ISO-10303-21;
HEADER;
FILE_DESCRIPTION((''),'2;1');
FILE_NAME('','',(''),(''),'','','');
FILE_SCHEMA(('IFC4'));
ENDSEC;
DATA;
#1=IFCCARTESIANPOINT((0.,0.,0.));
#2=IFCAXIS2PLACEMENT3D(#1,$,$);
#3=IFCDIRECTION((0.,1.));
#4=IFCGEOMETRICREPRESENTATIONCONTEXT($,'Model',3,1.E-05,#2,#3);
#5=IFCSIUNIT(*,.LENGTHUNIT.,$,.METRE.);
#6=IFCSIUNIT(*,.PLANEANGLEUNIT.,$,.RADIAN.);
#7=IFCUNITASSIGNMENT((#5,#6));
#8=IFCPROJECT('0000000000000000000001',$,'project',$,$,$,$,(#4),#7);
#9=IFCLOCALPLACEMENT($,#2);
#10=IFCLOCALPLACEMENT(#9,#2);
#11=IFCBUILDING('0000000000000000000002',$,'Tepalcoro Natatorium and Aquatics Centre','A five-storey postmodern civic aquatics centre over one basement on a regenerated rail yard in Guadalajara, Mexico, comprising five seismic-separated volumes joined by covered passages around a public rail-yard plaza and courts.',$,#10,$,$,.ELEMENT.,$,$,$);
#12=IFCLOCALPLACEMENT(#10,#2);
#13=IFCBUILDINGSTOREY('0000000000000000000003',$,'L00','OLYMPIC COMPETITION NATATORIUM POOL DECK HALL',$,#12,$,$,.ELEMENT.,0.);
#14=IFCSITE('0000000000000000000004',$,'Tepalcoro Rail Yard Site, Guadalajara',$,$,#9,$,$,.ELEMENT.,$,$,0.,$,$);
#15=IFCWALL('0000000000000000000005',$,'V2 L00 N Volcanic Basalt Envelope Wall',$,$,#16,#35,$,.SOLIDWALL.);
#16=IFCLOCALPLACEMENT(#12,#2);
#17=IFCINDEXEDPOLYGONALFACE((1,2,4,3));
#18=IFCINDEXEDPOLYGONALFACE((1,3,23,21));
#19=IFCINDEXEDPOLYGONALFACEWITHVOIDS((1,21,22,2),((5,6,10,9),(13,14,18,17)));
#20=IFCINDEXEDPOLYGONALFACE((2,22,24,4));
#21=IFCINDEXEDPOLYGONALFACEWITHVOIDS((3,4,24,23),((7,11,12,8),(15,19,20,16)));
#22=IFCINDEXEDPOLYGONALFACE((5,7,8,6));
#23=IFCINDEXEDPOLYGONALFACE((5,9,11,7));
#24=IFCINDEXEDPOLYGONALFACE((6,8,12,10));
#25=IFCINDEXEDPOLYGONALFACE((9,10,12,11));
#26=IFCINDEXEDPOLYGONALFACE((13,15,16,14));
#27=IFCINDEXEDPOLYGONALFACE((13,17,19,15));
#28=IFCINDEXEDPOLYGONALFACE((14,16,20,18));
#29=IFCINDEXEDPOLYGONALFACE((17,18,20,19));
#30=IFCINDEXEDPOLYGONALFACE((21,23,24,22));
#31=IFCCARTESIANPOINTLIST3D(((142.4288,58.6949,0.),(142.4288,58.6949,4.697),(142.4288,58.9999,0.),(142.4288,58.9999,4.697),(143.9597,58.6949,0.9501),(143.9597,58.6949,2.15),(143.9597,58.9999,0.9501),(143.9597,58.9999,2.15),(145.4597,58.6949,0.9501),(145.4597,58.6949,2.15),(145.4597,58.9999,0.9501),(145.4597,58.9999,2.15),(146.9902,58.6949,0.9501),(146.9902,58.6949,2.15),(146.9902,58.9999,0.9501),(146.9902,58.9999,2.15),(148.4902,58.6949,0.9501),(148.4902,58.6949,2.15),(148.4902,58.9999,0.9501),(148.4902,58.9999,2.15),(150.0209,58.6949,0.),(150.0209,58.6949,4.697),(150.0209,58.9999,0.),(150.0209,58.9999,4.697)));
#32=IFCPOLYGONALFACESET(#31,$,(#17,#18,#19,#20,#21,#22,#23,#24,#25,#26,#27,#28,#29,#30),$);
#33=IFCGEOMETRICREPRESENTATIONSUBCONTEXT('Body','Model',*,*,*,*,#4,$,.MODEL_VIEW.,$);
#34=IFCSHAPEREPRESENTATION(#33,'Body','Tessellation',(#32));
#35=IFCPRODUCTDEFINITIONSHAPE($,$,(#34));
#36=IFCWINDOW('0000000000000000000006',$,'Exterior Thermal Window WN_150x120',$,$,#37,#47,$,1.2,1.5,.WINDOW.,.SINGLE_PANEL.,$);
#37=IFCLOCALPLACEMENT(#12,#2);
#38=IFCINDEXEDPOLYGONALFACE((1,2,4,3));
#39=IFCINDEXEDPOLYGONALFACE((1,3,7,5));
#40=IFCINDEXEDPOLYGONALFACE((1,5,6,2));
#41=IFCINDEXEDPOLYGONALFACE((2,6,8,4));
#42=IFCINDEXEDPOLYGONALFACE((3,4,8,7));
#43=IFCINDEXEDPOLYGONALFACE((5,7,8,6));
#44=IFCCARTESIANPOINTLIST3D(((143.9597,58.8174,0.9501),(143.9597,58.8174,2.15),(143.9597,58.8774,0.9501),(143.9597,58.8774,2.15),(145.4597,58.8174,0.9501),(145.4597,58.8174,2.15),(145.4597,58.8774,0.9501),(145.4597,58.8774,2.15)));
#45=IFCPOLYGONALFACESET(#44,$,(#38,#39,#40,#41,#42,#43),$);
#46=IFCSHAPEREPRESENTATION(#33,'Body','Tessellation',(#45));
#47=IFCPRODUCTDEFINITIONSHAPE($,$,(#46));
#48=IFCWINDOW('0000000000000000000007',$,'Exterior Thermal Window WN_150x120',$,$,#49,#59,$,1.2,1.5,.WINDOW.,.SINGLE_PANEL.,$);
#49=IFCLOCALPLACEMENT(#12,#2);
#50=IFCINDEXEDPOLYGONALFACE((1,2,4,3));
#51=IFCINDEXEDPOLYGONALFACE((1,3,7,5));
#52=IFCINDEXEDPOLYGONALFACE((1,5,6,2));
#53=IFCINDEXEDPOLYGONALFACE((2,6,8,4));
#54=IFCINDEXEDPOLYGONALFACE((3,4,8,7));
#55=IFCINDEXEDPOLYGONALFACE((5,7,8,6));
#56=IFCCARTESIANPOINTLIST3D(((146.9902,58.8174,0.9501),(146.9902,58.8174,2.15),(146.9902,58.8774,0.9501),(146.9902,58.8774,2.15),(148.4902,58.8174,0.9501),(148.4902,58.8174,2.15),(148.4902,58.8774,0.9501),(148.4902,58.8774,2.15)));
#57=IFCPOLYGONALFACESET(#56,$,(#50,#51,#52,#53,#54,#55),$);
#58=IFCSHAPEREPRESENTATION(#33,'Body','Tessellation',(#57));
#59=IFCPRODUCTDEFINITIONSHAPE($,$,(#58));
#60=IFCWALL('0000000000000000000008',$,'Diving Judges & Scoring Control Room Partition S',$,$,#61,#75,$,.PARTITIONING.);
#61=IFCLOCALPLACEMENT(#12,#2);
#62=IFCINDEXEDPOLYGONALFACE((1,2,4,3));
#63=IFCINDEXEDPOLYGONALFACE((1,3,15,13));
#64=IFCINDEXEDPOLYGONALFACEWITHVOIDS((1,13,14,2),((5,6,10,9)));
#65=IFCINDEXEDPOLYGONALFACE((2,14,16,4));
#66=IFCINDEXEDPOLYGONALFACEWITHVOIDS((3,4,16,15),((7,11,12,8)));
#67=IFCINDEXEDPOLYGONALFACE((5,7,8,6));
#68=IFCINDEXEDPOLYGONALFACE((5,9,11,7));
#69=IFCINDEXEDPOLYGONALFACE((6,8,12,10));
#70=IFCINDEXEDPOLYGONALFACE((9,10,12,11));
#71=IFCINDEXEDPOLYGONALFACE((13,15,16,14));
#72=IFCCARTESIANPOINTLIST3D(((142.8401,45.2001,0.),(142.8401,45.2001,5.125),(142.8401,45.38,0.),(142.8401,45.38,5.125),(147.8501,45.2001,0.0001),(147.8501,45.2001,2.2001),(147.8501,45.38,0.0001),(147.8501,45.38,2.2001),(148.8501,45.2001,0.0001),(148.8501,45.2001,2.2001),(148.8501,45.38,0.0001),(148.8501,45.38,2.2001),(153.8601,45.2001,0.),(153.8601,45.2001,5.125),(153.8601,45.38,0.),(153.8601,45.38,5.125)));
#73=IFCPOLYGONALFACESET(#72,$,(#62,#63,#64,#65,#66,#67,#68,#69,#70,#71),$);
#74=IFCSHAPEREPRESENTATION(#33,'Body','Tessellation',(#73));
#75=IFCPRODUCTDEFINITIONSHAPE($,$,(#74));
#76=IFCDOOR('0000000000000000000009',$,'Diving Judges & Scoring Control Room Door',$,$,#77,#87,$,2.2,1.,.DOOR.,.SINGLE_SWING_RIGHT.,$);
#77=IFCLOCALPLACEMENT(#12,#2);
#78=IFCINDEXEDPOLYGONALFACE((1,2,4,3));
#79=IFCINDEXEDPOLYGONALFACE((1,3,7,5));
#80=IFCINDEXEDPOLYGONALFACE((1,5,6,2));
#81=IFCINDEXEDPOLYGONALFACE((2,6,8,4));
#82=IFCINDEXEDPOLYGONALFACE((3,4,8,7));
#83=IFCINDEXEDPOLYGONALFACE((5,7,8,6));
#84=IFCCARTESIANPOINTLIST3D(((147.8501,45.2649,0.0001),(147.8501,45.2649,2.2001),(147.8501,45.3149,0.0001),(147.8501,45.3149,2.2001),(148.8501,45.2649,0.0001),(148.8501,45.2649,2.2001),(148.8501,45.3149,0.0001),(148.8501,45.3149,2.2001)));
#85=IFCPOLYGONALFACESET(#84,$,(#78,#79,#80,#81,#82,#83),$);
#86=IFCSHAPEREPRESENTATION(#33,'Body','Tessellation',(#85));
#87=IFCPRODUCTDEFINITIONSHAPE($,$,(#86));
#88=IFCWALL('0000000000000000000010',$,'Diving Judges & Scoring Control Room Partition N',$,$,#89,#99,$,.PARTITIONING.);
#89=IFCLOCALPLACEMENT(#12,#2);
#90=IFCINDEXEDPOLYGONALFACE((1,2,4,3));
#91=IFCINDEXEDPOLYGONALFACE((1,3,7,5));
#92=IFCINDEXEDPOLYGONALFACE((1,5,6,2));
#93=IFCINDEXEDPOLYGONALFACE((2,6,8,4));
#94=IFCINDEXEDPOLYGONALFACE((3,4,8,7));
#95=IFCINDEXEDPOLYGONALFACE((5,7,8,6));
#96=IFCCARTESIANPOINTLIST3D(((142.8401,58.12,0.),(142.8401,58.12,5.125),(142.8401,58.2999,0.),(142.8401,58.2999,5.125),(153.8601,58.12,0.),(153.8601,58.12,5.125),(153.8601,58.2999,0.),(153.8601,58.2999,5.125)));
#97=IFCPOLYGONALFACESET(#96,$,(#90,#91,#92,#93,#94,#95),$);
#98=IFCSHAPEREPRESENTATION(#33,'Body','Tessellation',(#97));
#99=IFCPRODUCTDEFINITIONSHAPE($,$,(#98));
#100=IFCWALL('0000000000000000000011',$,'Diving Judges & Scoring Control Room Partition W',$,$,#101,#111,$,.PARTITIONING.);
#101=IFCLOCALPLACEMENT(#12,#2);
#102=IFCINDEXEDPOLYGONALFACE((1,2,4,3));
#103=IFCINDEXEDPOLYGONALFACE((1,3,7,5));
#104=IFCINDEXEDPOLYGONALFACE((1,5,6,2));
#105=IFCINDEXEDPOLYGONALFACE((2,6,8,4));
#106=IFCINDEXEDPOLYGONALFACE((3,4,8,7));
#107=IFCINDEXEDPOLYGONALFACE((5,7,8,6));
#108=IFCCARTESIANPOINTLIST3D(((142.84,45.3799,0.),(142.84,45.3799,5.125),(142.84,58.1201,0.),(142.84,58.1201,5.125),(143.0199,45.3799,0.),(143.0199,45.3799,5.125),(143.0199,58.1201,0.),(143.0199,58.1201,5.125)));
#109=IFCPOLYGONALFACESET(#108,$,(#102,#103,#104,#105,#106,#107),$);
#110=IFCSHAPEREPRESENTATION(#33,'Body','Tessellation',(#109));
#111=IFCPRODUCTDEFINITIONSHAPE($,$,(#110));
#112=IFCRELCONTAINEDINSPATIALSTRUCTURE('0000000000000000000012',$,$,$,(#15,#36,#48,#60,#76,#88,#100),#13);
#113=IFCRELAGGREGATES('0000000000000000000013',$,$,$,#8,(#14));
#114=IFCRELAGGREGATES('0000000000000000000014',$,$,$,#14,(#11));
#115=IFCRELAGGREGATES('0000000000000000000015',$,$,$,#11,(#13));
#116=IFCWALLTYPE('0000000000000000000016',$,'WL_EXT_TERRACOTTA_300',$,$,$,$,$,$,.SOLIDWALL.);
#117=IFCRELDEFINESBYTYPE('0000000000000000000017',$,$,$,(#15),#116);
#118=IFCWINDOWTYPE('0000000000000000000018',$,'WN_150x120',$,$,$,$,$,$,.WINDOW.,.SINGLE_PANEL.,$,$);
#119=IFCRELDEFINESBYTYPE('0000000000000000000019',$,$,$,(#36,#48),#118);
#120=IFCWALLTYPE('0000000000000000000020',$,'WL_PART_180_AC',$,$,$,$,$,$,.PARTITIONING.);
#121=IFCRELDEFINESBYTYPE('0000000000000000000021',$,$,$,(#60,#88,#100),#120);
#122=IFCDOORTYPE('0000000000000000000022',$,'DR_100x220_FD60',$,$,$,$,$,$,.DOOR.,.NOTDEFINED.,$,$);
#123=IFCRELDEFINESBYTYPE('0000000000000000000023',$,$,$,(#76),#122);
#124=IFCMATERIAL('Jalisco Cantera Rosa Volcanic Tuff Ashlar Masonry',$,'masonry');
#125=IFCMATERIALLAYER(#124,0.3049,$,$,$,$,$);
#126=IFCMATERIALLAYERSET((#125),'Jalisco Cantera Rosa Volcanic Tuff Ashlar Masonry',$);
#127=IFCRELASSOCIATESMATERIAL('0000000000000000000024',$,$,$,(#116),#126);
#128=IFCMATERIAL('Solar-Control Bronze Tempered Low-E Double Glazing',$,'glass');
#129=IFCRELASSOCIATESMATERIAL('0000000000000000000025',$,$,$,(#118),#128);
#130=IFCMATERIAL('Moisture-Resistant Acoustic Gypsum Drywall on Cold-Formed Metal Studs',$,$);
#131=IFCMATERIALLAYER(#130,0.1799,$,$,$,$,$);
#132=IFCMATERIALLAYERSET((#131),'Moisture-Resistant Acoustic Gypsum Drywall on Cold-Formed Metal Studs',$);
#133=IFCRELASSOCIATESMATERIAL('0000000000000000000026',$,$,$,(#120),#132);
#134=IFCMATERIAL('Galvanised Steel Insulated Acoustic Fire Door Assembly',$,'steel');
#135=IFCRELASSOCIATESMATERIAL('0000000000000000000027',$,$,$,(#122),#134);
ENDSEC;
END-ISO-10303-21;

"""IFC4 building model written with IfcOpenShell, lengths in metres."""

from ifc_helpers import new_model, si_unit, direction, frame, frame_2d, origin, place, context, subcontext, project, spatial, rectangle, extrude, material, layer, layer_set, type_object, element, fill, save


model = new_model("IFC4")

# Units and contexts
model_context = context("Model", 3, precision=1e-05, world=origin(), true_north=direction((0.0, 1.0)))
body_context = subcontext(model_context, "Body", "Model", "MODEL_VIEW")
ifc_project = project(units=[si_unit("LENGTHUNIT", "METRE"), si_unit("PLANEANGLEUNIT", "RADIAN")], contexts=[model_context])

# Site, building, storey
site_placement = place(None, origin())
site = spatial("IfcSite", under=ifc_project, at=site_placement, Name="Tepalcoro Rail Yard Site, Guadalajara", CompositionType="ELEMENT", RefElevation=0.0)
building_placement = place(site_placement, origin())
building = spatial("IfcBuilding", under=site, at=building_placement, Name="Tepalcoro Natatorium and Aquatics Centre", Description="A five-storey postmodern civic aquatics centre over one basement on a regenerated rail yard in Guadalajara, Mexico, comprising five seismic-separated volumes joined by covered passages around a public rail-yard plaza and courts.", CompositionType="ELEMENT")
storey_placement = place(building_placement, origin())
storey = spatial("IfcBuildingStorey", under=building, at=storey_placement, Name="L00", Description="OLYMPIC COMPETITION NATATORIUM POOL DECK HALL", CompositionType="ELEMENT", Elevation=0.0)

# Shared definitions
ifc_material_1 = material(Name="Solar-Control Bronze Tempered Low-E Double Glazing", Category="glass")

# Wall, openings, windows
ifc_material_2 = material(Name="Jalisco Cantera Rosa Volcanic Tuff Ashlar Masonry", Category="masonry")
ifc_layer_1 = layer(ifc_material_2, 0.3049)
ifc_layer_set_1 = layer_set([ifc_layer_1], Name="Jalisco Cantera Rosa Volcanic Tuff Ashlar Masonry")
wall_type_1 = type_object("IfcWallType", Name="WL_EXT_TERRACOTTA_300", PredefinedType="SOLIDWALL", material=ifc_layer_set_1)
wall_1_placement = place(storey_placement, frame((142.429, 58.8474, 0.0), z_axis=(0.0, 0.0, 1.0), x_axis=(1.0, 0.0, 0.0)))
wall_1 = element("IfcWall", 1, at=wall_1_placement, inside=storey, type_object=wall_type_1, Name="V2 L00 N Volcanic Basalt Envelope Wall", PredefinedType="SOLIDWALL", context=body_context, shape_type="SweptSolid", body=[
    extrude(rectangle(XDim=7.592, YDim=0.3049, at=frame_2d((3.7959, 0.0))), origin(), (0.0, 0.0, 1.0), 4.697),
])
opening_1_placement = place(wall_1_placement, frame((1.5308, 0.0, 0.95)))
opening_1 = element("IfcOpeningElement", 2, at=opening_1_placement, cuts=wall_1, PredefinedType="OPENING", context=body_context, shape_type="SweptSolid", body=[
    extrude(rectangle(XDim=1.5, YDim=1.2, at=frame_2d((0.75, 0.6001))), frame((0.0, 0.1646, 0.0), z_axis=(0.0, -1.0, 0.0), x_axis=(1.0, 0.0, 0.0)), (0.0, 0.0, 1.0), 0.3289),
])
opening_2_placement = place(wall_1_placement, frame((4.5613, 0.0, 0.95)))
opening_2 = element("IfcOpeningElement", 3, at=opening_2_placement, cuts=wall_1, PredefinedType="OPENING", context=body_context, shape_type="SweptSolid", body=[
    extrude(rectangle(XDim=1.5, YDim=1.2, at=frame_2d((0.75, 0.6001))), frame((0.0, 0.1646, 0.0), z_axis=(0.0, -1.0, 0.0), x_axis=(1.0, 0.0, 0.0)), (0.0, 0.0, 1.0), 0.3289),
])
window_type_1 = type_object("IfcWindowType", Name="WN_150x120", PartitioningType="SINGLE_PANEL", PredefinedType="WINDOW", material=ifc_material_1)
window_1_placement = place(opening_1_placement, origin())
window_1 = element("IfcWindow", 4, at=window_1_placement, inside=storey, type_object=window_type_1, Name="Exterior Thermal Window WN_150x120", OverallHeight=1.2, OverallWidth=1.5, PartitioningType="SINGLE_PANEL", PredefinedType="WINDOW", context=body_context, shape_type="SweptSolid", body=[
    extrude(rectangle(XDim=1.5, YDim=1.2, at=frame_2d((0.75, 0.6001))), frame((0.0, 0.03, 0.0), z_axis=(0.0, -1.0, 0.0), x_axis=(1.0, 0.0, 0.0)), (0.0, 0.0, 1.0), 0.0601),
])
fill(opening_1, window_1)
window_2_placement = place(opening_2_placement, origin())
window_2 = element("IfcWindow", 5, at=window_2_placement, inside=storey, type_object=window_type_1, Name="Exterior Thermal Window WN_150x120", OverallHeight=1.2, OverallWidth=1.5, PartitioningType="SINGLE_PANEL", PredefinedType="WINDOW", context=body_context, shape_type="SweptSolid", body=[
    extrude(rectangle(XDim=1.5, YDim=1.2, at=frame_2d((0.75, 0.6001))), frame((0.0, 0.03, 0.0), z_axis=(0.0, -1.0, 0.0), x_axis=(1.0, 0.0, 0.0)), (0.0, 0.0, 1.0), 0.0601),
])
fill(opening_2, window_2)

# Wall, opening, door
ifc_material_3 = material(Name="Moisture-Resistant Acoustic Gypsum Drywall on Cold-Formed Metal Studs")
ifc_layer_2 = layer(ifc_material_3, 0.1799)
ifc_layer_set_2 = layer_set([ifc_layer_2], Name="Moisture-Resistant Acoustic Gypsum Drywall on Cold-Formed Metal Studs")
wall_type_2 = type_object("IfcWallType", Name="WL_PART_180_AC", PredefinedType="PARTITIONING", material=ifc_layer_set_2)
wall_2_placement = place(storey_placement, frame((142.8401, 45.29, 0.0), z_axis=(0.0, 0.0, 1.0), x_axis=(1.0, 0.0, 0.0)))
wall_2 = element("IfcWall", 6, at=wall_2_placement, inside=storey, type_object=wall_type_2, Name="Diving Judges & Scoring Control Room Partition S", PredefinedType="PARTITIONING", context=body_context, shape_type="SweptSolid", body=[
    extrude(rectangle(XDim=11.02, YDim=0.1799, at=frame_2d((5.51, 0.0))), origin(), (0.0, 0.0, 1.0), 5.125),
])
opening_3_placement = place(wall_2_placement, frame((5.01, 0.0, 0.0)))
opening_3 = element("IfcOpeningElement", 7, at=opening_3_placement, cuts=wall_2, PredefinedType="OPENING", context=body_context, shape_type="SweptSolid", body=[
    extrude(rectangle(XDim=1.0, YDim=2.2, at=frame_2d((0.5, 1.1001))), frame((0.0, 0.1021, 0.0), z_axis=(0.0, -1.0, 0.0), x_axis=(1.0, 0.0, 0.0)), (0.0, 0.0, 1.0), 0.2039),
])
ifc_material_4 = material(Name="Galvanised Steel Insulated Acoustic Fire Door Assembly", Category="steel")
door_type = type_object("IfcDoorType", Name="DR_100x220_FD60", OperationType="NOTDEFINED", PredefinedType="DOOR", material=ifc_material_4)
door_placement = place(opening_3_placement, origin())
door = element("IfcDoor", 8, at=door_placement, inside=storey, type_object=door_type, Name="Diving Judges & Scoring Control Room Door", OperationType="SINGLE_SWING_RIGHT", OverallHeight=2.2, OverallWidth=1.0, PredefinedType="DOOR", context=body_context, shape_type="SweptSolid", body=[
    extrude(rectangle(XDim=1.0, YDim=2.2, at=frame_2d((0.5, 1.1001))), frame((0.0, 0.0249, 0.0), z_axis=(0.0, -1.0, 0.0), x_axis=(1.0, 0.0, 0.0)), (0.0, 0.0, 1.0), 0.05),
])
fill(opening_3, door)

# Walls
wall_3_placement = place(storey_placement, frame((142.8401, 58.21, 0.0), z_axis=(0.0, 0.0, 1.0), x_axis=(1.0, 0.0, 0.0)))
element("IfcWall", 9, at=wall_3_placement, inside=storey, type_object=wall_type_2, Name="Diving Judges & Scoring Control Room Partition N", PredefinedType="PARTITIONING", context=body_context, shape_type="SweptSolid", body=[
    extrude(rectangle(XDim=11.02, YDim=0.1799, at=frame_2d((5.51, 0.0))), origin(), (0.0, 0.0, 1.0), 5.125),
])
wall_4_placement = place(storey_placement, frame((142.9299, 45.3799, 0.0), z_axis=(0.0, 0.0, 1.0), x_axis=(0.0, 1.0, 0.0)))
element("IfcWall", 10, at=wall_4_placement, inside=storey, type_object=wall_type_2, Name="Diving Judges & Scoring Control Room Partition W", PredefinedType="PARTITIONING", context=body_context, shape_type="SweptSolid", body=[
    extrude(rectangle(XDim=12.7402, YDim=0.1799, at=frame_2d((6.3701, 0.0))), origin(), (0.0, 0.0, 1.0), 5.125),
])

save(model, "model.ifc")
